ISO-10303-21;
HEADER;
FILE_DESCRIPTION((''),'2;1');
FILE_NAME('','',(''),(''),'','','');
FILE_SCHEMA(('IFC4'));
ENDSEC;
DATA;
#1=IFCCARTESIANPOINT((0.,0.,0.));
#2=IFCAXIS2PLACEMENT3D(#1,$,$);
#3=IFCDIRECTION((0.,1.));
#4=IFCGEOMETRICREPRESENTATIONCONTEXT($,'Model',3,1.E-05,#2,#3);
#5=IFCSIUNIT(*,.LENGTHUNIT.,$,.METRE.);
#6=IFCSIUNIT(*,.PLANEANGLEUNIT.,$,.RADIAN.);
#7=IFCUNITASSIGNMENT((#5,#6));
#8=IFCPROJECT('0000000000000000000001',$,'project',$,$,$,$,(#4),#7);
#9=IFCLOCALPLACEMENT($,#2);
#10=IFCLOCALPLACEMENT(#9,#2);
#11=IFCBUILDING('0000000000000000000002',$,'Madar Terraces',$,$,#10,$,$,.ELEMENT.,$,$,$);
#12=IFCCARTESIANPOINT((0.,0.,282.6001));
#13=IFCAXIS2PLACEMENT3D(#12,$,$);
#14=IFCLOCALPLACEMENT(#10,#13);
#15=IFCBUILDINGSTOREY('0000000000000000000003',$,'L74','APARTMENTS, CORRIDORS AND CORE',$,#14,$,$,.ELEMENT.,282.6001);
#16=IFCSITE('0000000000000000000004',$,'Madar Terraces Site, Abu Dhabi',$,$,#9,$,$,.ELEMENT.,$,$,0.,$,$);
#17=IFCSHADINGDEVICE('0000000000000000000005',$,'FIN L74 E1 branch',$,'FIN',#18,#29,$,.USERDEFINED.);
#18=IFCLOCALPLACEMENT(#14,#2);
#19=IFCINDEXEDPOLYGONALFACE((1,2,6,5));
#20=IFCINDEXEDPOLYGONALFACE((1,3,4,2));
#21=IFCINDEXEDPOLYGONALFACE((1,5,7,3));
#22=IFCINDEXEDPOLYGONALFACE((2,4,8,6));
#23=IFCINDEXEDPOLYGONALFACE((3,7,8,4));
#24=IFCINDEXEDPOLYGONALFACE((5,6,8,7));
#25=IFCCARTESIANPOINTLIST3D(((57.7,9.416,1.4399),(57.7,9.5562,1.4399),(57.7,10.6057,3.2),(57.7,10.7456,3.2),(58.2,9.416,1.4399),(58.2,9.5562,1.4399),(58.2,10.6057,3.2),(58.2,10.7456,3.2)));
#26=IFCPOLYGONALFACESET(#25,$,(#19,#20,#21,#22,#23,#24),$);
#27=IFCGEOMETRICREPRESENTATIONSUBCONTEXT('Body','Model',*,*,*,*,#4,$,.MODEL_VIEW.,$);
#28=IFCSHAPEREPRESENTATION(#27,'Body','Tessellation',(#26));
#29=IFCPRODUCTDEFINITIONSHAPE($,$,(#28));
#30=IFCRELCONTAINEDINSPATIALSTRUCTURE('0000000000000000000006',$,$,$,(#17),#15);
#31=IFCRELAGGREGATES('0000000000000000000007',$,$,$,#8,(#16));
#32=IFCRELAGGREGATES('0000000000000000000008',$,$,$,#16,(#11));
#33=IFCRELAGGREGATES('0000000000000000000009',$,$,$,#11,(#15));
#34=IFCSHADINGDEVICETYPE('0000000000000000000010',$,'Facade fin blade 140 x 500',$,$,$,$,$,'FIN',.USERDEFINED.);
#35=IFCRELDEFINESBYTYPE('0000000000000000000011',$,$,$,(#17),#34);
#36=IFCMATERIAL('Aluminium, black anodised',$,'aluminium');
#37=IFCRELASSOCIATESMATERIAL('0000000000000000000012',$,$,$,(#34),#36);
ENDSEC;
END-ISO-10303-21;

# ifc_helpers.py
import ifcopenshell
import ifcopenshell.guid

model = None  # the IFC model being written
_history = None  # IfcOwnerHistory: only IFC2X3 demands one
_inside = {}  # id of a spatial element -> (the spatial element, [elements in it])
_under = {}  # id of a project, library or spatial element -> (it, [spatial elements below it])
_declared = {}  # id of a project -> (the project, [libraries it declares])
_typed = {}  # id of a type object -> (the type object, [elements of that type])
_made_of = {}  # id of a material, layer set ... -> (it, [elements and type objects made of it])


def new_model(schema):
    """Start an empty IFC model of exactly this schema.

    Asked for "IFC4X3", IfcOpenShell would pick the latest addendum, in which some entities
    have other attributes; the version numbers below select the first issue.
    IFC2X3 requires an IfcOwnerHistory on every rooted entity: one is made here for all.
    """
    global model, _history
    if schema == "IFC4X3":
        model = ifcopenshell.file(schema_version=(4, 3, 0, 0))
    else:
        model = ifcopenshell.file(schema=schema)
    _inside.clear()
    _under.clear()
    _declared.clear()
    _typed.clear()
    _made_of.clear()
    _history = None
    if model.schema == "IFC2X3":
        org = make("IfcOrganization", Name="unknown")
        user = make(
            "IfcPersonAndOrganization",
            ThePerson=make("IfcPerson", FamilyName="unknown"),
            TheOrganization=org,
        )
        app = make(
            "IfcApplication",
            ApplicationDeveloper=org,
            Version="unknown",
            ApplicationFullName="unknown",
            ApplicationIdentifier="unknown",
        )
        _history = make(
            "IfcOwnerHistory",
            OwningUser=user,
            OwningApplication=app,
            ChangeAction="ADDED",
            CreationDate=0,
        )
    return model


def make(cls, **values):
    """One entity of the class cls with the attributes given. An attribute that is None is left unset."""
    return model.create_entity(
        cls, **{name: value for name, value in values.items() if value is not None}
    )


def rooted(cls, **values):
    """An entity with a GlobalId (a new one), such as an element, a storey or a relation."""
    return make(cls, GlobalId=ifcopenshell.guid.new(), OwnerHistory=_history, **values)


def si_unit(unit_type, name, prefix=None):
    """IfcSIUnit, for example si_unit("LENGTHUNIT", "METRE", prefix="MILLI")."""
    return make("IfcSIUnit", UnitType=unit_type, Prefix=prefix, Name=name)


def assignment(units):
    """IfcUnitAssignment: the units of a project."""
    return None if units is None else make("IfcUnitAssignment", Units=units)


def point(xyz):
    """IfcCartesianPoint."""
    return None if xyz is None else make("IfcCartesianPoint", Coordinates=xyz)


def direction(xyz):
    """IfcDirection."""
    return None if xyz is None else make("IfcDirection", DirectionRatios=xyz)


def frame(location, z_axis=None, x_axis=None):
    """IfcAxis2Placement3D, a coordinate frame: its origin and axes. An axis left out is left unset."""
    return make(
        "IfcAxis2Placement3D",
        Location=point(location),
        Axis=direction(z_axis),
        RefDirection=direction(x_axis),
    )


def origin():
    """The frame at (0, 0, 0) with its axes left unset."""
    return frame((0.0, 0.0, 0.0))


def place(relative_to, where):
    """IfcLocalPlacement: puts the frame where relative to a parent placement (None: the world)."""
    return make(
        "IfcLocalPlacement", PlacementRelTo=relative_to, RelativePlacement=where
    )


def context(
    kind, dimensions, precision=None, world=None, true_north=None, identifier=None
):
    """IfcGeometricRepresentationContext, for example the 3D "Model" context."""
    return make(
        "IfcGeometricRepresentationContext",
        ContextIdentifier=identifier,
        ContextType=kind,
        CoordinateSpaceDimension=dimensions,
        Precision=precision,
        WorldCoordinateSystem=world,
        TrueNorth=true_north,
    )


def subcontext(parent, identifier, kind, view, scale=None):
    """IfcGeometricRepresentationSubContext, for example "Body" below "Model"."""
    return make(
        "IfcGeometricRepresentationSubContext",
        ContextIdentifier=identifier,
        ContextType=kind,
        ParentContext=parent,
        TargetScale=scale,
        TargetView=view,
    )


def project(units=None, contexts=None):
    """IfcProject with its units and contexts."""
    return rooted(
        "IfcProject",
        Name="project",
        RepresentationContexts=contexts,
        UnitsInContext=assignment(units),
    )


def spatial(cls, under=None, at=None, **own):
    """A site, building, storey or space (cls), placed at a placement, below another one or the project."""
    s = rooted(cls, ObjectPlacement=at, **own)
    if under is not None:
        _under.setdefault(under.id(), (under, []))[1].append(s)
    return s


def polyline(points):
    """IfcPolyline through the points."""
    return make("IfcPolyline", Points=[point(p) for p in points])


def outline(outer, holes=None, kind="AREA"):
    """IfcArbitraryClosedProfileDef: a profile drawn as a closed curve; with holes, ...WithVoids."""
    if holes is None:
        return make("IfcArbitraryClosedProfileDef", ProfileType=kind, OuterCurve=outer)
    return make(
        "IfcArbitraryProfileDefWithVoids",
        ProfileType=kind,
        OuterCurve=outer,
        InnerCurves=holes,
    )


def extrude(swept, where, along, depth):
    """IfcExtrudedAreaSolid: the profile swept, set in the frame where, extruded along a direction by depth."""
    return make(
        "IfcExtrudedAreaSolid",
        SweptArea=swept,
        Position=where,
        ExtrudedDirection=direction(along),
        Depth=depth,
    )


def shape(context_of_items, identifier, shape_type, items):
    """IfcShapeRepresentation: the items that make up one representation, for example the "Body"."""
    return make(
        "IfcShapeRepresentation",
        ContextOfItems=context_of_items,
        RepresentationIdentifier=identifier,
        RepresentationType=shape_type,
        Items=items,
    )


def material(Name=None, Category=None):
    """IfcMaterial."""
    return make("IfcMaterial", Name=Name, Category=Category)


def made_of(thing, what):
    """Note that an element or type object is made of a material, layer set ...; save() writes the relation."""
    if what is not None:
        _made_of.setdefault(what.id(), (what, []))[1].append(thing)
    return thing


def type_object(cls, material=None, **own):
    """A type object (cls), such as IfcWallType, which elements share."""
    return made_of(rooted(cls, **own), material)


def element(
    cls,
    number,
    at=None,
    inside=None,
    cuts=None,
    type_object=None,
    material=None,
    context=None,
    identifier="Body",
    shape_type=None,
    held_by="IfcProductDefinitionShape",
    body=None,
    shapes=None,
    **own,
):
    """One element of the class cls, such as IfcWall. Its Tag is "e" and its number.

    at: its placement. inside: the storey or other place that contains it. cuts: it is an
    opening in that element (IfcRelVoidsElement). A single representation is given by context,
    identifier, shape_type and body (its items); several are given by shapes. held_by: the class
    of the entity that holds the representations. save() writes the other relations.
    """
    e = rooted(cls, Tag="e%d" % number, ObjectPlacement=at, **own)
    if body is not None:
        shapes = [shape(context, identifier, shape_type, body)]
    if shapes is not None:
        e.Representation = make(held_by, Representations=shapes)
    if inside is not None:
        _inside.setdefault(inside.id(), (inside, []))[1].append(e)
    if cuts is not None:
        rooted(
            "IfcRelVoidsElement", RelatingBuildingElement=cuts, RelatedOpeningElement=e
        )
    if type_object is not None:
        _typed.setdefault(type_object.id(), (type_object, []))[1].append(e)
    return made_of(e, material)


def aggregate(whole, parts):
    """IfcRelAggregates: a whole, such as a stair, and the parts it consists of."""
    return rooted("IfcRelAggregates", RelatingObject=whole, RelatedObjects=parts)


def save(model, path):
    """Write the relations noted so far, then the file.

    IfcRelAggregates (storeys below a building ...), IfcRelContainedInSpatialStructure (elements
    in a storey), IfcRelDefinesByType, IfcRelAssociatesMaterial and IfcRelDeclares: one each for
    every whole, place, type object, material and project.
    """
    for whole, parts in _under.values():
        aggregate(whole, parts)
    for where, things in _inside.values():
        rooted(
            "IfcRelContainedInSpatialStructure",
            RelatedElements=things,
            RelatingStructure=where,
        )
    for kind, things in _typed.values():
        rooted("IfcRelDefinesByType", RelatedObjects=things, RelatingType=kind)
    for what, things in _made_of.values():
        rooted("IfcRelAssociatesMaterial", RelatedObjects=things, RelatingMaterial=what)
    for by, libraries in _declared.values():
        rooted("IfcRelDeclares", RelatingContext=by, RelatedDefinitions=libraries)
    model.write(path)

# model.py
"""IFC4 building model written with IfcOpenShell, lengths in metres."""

from ifc_helpers import new_model, si_unit, direction, frame, origin, place, context, subcontext, project, spatial, polyline, outline, extrude, material, type_object, element, save


model = new_model("IFC4")

# Units and contexts
model_context = context("Model", 3, precision=1e-05, world=origin(), true_north=direction((0.0, 1.0)))
body_context = subcontext(model_context, "Body", "Model", "MODEL_VIEW")
ifc_project = project(units=[si_unit("LENGTHUNIT", "METRE"), si_unit("PLANEANGLEUNIT", "RADIAN")], contexts=[model_context])

# Site, building, storey
site_placement = place(None, origin())
site = spatial("IfcSite", under=ifc_project, at=site_placement, Name="Madar Terraces Site, Abu Dhabi", CompositionType="ELEMENT", RefElevation=0.0)
building_placement = place(site_placement, origin())
building = spatial("IfcBuilding", under=site, at=building_placement, Name="Madar Terraces", CompositionType="ELEMENT")
storey_placement = place(building_placement, frame((0.0, 0.0, 282.6001)))
storey = spatial("IfcBuildingStorey", under=building, at=storey_placement, Name="L74", Description="APARTMENTS, CORRIDORS AND CORE", CompositionType="ELEMENT", Elevation=282.6001)

# Shading device
ifc_material_1 = material(Name="Aluminium, black anodised", Category="aluminium")
shading_device_type = type_object("IfcShadingDeviceType", Name="Facade fin blade 140 x 500", ElementType="FIN", PredefinedType="USERDEFINED", material=ifc_material_1)
shading_device_1_placement = place(storey_placement, frame((57.95, 9.416, 1.4399), z_axis=(0.0, 0.0, 1.0), x_axis=(0.0, 1.0, 0.0)))
element("IfcShadingDevice", 1, at=shading_device_1_placement, inside=storey, type_object=shading_device_type, Name="FIN L74 E1 branch", ObjectType="FIN", PredefinedType="USERDEFINED", context=body_context, shape_type="SweptSolid", body=[
    extrude(outline(polyline([(0.0, 0.0), (0.1401, 0.0), (1.3296, 1.76), (1.1897, 1.76), (0.0, 0.0)])), frame((0.0, 0.25, 0.0), z_axis=(0.0, -1.0, 0.0), x_axis=(1.0, 0.0, 0.0)), (0.0, 0.0, 1.0), 0.5),
])

save(model, "model.ifc")
